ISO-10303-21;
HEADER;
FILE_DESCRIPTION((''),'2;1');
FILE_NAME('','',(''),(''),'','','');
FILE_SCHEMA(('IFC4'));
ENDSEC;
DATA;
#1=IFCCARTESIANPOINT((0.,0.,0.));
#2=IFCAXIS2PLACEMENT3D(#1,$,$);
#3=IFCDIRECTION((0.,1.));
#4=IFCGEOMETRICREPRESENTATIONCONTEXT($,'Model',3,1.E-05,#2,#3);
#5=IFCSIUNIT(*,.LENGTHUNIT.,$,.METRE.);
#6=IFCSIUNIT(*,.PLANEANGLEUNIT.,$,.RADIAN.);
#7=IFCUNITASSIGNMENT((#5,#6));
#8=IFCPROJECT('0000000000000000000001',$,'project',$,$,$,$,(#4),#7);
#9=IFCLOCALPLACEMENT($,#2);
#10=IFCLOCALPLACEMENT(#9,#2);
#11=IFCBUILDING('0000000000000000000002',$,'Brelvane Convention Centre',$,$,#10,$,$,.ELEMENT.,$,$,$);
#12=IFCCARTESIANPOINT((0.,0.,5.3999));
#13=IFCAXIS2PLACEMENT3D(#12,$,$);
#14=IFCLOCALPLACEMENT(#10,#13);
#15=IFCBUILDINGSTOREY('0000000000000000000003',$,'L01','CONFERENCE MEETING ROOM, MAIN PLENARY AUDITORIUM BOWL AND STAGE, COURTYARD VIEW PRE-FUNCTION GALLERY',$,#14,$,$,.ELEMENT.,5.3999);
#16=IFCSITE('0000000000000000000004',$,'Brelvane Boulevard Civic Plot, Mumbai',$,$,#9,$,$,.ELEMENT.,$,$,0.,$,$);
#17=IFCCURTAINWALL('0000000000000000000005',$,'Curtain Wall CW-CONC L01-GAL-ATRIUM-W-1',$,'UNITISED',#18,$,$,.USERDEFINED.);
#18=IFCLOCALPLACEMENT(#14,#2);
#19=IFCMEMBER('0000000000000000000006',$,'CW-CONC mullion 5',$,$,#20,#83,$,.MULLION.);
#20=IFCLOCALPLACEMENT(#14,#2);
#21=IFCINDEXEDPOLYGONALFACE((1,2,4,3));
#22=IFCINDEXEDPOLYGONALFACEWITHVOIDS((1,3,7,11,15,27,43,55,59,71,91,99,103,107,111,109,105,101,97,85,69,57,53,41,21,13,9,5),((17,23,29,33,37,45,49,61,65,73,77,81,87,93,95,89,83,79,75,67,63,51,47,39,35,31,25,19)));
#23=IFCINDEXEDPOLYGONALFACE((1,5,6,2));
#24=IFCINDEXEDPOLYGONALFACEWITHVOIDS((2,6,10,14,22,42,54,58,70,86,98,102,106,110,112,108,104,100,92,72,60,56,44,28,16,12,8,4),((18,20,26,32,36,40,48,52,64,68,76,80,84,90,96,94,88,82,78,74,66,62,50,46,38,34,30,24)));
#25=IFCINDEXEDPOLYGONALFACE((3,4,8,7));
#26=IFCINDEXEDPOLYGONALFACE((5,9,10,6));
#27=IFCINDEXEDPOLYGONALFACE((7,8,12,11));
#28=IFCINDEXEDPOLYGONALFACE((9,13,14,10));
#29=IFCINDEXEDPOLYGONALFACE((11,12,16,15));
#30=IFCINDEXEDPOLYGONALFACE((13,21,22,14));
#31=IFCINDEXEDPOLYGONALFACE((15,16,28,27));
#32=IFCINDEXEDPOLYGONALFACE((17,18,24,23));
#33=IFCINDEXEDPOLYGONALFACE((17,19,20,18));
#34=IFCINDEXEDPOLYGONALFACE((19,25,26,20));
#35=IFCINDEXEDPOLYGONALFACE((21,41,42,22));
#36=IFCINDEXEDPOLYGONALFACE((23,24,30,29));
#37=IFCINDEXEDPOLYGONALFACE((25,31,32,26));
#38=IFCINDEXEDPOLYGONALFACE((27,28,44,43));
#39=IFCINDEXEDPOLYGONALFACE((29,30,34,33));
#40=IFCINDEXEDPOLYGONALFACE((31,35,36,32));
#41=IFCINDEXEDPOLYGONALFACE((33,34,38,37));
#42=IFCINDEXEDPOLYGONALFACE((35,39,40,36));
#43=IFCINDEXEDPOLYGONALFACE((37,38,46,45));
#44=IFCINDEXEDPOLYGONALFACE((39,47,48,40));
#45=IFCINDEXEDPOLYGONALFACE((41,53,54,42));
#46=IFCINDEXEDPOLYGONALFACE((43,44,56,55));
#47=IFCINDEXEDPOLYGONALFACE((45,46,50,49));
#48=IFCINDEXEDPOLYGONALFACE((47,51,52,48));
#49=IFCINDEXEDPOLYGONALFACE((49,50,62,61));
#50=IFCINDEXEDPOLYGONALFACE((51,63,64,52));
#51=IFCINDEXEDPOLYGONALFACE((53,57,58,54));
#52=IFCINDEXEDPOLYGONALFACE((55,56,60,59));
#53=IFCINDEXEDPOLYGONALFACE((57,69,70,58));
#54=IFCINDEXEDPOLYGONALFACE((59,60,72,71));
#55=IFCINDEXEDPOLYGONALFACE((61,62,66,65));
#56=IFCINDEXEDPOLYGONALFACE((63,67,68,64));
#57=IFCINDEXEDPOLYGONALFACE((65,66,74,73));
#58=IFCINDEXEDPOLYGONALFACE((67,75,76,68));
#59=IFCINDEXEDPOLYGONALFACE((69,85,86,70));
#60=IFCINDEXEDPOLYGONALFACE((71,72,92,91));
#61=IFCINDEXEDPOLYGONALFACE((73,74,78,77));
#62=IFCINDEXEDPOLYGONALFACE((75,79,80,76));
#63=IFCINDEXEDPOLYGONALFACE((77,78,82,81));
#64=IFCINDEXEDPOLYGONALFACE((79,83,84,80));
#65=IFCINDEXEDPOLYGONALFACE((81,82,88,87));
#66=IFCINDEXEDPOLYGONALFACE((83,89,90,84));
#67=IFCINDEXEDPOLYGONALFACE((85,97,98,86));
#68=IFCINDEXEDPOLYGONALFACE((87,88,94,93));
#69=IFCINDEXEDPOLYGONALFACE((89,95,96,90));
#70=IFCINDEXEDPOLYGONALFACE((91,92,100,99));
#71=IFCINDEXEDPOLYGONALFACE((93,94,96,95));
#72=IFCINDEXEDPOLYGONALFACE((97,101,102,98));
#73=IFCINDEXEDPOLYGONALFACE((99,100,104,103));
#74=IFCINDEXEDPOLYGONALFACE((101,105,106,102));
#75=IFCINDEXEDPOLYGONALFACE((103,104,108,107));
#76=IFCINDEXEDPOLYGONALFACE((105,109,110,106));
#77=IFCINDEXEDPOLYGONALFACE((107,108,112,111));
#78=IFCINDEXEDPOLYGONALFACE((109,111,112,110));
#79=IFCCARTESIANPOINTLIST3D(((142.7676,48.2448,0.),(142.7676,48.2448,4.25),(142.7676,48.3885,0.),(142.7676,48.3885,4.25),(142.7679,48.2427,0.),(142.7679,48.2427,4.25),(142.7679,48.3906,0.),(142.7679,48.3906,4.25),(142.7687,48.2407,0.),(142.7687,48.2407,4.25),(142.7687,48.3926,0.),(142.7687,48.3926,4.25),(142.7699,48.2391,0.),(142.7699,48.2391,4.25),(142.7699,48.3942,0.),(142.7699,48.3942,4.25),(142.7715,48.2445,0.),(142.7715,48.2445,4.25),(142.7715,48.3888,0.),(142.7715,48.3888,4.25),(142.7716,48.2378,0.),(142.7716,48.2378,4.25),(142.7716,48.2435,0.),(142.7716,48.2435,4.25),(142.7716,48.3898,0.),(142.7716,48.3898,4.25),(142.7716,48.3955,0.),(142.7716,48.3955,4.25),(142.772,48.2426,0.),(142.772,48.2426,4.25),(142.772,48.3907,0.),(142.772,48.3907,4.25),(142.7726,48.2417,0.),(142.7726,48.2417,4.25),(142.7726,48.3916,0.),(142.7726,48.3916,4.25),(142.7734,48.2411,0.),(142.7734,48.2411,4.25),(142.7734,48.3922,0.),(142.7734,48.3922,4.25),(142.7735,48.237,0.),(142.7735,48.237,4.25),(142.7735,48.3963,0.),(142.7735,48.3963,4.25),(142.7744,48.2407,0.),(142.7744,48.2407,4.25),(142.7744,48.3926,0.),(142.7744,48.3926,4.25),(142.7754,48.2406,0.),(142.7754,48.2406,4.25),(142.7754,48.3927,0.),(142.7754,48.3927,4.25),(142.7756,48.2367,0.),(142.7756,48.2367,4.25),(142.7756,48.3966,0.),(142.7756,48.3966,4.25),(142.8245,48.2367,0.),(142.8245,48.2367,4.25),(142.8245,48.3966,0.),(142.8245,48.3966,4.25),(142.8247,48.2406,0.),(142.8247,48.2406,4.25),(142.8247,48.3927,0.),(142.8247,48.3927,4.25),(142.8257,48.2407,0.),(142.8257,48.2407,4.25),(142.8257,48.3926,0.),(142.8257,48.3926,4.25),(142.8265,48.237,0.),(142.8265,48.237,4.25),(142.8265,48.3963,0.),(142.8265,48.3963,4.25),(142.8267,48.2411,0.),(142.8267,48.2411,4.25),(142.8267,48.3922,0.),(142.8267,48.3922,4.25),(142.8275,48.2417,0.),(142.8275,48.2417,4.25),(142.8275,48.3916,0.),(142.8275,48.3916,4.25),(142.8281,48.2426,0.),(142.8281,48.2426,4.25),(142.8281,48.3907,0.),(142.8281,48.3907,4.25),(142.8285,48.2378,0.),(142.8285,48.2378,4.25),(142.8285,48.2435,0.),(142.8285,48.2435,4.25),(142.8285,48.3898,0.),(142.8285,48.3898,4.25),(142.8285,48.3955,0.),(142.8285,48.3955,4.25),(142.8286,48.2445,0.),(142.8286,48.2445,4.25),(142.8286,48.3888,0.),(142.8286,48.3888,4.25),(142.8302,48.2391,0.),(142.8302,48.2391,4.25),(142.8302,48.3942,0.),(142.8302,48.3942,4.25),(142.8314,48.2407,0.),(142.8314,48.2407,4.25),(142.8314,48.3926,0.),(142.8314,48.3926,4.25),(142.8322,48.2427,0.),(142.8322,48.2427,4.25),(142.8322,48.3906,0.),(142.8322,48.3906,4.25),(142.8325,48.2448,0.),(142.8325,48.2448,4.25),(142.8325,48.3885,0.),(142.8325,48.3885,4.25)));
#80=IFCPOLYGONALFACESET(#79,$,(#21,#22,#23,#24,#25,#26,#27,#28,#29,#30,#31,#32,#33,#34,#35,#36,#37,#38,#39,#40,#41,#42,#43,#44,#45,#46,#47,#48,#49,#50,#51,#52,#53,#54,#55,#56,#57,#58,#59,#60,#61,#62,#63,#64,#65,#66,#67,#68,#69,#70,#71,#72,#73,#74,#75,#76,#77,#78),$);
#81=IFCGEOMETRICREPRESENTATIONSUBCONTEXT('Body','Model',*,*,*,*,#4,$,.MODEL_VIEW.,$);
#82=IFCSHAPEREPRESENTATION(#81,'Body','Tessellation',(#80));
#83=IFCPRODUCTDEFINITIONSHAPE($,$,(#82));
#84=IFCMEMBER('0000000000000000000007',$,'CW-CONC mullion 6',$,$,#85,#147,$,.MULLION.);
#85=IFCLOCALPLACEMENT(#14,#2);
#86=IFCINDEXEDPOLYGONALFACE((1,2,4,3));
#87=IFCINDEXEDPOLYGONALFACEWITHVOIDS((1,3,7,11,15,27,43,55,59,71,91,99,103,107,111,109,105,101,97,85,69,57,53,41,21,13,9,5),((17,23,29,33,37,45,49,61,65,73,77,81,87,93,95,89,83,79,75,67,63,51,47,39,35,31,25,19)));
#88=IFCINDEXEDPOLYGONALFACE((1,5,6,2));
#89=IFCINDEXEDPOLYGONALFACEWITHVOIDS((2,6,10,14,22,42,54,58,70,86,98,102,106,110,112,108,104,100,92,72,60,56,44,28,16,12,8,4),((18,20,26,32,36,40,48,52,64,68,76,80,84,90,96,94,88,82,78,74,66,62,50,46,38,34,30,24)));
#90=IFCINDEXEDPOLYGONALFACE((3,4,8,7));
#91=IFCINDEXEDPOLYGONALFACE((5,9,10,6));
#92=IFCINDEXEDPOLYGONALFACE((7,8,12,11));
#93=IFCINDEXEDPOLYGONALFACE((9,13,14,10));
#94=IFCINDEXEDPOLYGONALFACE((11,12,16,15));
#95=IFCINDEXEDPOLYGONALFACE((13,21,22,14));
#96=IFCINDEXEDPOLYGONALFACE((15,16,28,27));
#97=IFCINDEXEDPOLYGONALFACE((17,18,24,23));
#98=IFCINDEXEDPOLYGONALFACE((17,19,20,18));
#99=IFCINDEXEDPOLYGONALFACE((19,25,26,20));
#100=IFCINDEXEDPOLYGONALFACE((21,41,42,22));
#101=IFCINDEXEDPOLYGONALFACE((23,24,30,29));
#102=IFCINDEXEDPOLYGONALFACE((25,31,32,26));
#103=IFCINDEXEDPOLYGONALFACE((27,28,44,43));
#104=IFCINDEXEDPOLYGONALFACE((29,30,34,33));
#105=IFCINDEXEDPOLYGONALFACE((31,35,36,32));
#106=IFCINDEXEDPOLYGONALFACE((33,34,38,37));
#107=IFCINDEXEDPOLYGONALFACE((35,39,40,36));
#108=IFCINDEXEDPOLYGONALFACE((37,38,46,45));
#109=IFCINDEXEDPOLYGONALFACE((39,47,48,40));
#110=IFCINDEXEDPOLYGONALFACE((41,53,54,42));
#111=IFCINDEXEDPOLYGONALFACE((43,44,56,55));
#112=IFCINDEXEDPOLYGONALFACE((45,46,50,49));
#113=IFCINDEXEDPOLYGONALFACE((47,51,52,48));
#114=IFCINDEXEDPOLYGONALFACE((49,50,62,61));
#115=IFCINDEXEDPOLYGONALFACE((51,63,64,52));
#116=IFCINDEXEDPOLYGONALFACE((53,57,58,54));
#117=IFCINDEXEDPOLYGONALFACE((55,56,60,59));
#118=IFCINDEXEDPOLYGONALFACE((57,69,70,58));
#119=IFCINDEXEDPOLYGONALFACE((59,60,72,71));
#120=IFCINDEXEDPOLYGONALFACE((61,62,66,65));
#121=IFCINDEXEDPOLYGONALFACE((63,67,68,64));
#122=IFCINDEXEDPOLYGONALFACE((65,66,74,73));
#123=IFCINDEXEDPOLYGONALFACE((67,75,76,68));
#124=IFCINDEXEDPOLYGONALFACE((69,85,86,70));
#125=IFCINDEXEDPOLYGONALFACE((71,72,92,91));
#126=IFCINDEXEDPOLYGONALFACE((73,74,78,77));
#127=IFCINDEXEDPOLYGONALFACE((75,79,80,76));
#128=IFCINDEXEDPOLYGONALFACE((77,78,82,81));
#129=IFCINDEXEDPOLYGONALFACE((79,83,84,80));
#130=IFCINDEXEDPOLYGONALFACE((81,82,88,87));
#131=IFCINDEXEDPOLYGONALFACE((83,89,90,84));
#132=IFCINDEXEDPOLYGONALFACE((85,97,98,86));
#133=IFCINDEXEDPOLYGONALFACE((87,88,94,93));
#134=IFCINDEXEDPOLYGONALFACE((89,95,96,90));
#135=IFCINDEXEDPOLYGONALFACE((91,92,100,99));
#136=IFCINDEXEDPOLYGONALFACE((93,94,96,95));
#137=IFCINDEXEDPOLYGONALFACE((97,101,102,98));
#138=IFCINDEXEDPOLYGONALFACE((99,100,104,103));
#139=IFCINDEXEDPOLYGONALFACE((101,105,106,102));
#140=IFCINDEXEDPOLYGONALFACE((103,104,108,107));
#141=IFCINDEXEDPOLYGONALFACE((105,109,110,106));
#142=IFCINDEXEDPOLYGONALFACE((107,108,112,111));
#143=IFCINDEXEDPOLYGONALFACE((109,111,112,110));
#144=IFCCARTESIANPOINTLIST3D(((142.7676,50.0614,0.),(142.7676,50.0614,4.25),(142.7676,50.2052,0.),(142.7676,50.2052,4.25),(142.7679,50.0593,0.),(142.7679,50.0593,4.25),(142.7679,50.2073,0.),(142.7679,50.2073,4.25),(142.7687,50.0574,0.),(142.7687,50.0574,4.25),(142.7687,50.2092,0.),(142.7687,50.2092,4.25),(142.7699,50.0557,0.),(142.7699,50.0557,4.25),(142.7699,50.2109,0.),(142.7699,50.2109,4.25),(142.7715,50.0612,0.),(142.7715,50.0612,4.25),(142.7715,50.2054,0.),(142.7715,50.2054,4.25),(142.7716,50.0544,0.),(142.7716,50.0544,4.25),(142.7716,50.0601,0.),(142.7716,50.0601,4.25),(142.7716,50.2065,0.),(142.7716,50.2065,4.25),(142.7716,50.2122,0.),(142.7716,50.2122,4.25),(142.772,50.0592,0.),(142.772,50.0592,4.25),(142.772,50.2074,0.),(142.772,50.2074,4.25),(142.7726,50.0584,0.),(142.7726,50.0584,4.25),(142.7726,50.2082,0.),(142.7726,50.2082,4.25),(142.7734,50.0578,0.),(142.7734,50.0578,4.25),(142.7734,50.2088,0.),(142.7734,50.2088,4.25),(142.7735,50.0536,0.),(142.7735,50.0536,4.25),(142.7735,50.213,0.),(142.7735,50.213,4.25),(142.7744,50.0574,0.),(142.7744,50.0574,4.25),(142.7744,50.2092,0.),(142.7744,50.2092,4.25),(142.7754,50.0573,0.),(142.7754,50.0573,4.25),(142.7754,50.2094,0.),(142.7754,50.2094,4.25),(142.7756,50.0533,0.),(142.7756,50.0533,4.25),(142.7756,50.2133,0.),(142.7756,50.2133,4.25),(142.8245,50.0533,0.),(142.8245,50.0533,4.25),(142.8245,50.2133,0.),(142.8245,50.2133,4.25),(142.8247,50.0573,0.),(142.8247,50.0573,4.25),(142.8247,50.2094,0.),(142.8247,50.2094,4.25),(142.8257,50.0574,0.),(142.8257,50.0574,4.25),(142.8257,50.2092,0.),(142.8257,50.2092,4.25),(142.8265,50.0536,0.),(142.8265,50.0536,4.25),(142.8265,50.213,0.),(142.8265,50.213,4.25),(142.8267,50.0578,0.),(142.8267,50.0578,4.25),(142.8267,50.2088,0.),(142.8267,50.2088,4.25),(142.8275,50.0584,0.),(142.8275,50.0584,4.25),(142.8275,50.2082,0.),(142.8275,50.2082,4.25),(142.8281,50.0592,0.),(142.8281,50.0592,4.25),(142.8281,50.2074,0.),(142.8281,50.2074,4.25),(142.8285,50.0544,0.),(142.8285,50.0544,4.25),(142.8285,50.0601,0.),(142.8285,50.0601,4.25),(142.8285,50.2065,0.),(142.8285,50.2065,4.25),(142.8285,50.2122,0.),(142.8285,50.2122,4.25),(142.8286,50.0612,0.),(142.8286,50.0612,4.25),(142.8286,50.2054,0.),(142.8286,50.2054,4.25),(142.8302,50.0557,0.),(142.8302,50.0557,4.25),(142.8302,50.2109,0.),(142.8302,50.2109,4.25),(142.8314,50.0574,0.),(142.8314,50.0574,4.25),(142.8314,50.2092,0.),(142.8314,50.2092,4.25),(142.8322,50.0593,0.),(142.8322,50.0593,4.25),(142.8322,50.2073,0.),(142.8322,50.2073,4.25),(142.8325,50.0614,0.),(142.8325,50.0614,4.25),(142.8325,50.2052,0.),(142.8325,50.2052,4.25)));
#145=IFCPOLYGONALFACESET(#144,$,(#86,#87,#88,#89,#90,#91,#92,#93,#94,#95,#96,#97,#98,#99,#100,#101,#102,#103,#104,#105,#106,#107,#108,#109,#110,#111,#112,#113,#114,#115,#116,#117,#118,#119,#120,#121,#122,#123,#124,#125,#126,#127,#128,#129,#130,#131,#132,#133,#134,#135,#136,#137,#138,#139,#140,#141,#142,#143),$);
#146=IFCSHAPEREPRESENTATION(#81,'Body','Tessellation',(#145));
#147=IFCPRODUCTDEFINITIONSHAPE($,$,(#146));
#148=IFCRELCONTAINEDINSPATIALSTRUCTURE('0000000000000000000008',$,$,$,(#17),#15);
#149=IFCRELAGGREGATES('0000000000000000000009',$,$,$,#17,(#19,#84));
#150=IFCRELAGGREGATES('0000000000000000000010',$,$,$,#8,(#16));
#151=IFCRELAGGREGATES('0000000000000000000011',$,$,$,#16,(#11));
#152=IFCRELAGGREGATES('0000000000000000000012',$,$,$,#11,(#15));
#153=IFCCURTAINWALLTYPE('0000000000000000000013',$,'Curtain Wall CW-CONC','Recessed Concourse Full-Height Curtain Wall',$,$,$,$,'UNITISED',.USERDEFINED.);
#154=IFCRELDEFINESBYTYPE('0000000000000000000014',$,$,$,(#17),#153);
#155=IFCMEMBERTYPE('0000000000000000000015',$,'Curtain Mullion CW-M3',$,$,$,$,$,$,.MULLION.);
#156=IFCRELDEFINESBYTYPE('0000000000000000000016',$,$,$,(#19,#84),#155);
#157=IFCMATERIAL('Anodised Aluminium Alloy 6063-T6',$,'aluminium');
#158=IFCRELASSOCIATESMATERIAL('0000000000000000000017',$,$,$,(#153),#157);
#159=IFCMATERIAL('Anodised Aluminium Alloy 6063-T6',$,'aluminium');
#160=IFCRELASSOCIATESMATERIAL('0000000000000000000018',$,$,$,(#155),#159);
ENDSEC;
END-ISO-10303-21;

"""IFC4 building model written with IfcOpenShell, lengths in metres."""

from ifc_helpers import new_model, si_unit, direction, frame, origin, origin_2d, place, context, subcontext, project, spatial, hollow_rectangle, extrude, material, material_profile, profile_set, type_object, element, aggregate, save


model = new_model("IFC4")

# Units and contexts
model_context = context("Model", 3, precision=1e-05, world=origin(), true_north=direction((0.0, 1.0)))
body_context = subcontext(model_context, "Body", "Model", "MODEL_VIEW")
ifc_project = project(units=[si_unit("LENGTHUNIT", "METRE"), si_unit("PLANEANGLEUNIT", "RADIAN")], contexts=[model_context])

# Site, building, storey
site_placement = place(None, origin())
site = spatial("IfcSite", under=ifc_project, at=site_placement, Name="Brelvane Boulevard Civic Plot, Mumbai", CompositionType="ELEMENT", RefElevation=0.0)
building_placement = place(site_placement, origin())
building = spatial("IfcBuilding", under=site, at=building_placement, Name="Brelvane Convention Centre", CompositionType="ELEMENT")
storey_placement = place(building_placement, frame((0.0, 0.0, 5.3999)))
storey = spatial("IfcBuildingStorey", under=building, at=storey_placement, Name="L01", Description="CONFERENCE MEETING ROOM, MAIN PLENARY AUDITORIUM BOWL AND STAGE, COURTYARD VIEW PRE-FUNCTION GALLERY", CompositionType="ELEMENT", Elevation=5.3999)

# Curtain wall, members
ifc_material_1 = material(Name="Anodised Aluminium Alloy 6063-T6", Category="aluminium")
curtain_wall_type = type_object("IfcCurtainWallType", Name="Curtain Wall CW-CONC", Description="Recessed Concourse Full-Height Curtain Wall", ElementType="UNITISED", PredefinedType="USERDEFINED", material=ifc_material_1)
curtain_wall_placement = place(storey_placement, origin())
curtain_wall = element("IfcCurtainWall", 1, at=curtain_wall_placement, inside=storey, type_object=curtain_wall_type, Name="Curtain Wall CW-CONC L01-GAL-ATRIUM-W-1", ObjectType="UNITISED", PredefinedType="USERDEFINED")
ifc_material_2 = material(Name="Anodised Aluminium Alloy 6063-T6", Category="aluminium")
ifc_material_profile_1 = material_profile(ifc_material_2, hollow_rectangle(XDim=0.0649, YDim=0.1599, WallThickness=0.0039, InnerFilletRadius=0.0039, OuterFilletRadius=0.0081, at=origin_2d()), Name="ALU-M 160x65x4.0")
ifc_profile_set_1 = profile_set([ifc_material_profile_1], Name="Anodised Aluminium Alloy 6063-T6")
member_type_1 = type_object("IfcMemberType", Name="Curtain Mullion CW-M3", PredefinedType="MULLION", material=ifc_profile_set_1)
member_1_placement = place(storey_placement, frame((142.8, 48.3167, 0.0), z_axis=(0.0, 0.0, 1.0), x_axis=(-1.0, 0.0, 0.0)))
member_1 = element("IfcMember", 2, at=member_1_placement, type_object=member_type_1, Name="CW-CONC mullion 5", PredefinedType="MULLION", context=body_context, shape_type="SweptSolid", body=[
    extrude(hollow_rectangle(XDim=0.0649, YDim=0.1599, WallThickness=0.0039, InnerFilletRadius=0.0039, OuterFilletRadius=0.0081, at=origin_2d()), origin(), (0.0, 0.0, 1.0), 4.25),
])
member_2_placement = place(storey_placement, frame((142.8, 50.1333, 0.0), z_axis=(0.0, 0.0, 1.0), x_axis=(-1.0, 0.0, 0.0)))
member_2 = element("IfcMember", 3, at=member_2_placement, type_object=member_type_1, Name="CW-CONC mullion 6", PredefinedType="MULLION", context=body_context, shape_type="SweptSolid", body=[
    extrude(hollow_rectangle(XDim=0.0649, YDim=0.1599, WallThickness=0.0039, InnerFilletRadius=0.0039, OuterFilletRadius=0.0081, at=origin_2d()), origin(), (0.0, 0.0, 1.0), 4.25),
])

aggregate(curtain_wall, [member_1, member_2])

save(model, "model.ifc")
